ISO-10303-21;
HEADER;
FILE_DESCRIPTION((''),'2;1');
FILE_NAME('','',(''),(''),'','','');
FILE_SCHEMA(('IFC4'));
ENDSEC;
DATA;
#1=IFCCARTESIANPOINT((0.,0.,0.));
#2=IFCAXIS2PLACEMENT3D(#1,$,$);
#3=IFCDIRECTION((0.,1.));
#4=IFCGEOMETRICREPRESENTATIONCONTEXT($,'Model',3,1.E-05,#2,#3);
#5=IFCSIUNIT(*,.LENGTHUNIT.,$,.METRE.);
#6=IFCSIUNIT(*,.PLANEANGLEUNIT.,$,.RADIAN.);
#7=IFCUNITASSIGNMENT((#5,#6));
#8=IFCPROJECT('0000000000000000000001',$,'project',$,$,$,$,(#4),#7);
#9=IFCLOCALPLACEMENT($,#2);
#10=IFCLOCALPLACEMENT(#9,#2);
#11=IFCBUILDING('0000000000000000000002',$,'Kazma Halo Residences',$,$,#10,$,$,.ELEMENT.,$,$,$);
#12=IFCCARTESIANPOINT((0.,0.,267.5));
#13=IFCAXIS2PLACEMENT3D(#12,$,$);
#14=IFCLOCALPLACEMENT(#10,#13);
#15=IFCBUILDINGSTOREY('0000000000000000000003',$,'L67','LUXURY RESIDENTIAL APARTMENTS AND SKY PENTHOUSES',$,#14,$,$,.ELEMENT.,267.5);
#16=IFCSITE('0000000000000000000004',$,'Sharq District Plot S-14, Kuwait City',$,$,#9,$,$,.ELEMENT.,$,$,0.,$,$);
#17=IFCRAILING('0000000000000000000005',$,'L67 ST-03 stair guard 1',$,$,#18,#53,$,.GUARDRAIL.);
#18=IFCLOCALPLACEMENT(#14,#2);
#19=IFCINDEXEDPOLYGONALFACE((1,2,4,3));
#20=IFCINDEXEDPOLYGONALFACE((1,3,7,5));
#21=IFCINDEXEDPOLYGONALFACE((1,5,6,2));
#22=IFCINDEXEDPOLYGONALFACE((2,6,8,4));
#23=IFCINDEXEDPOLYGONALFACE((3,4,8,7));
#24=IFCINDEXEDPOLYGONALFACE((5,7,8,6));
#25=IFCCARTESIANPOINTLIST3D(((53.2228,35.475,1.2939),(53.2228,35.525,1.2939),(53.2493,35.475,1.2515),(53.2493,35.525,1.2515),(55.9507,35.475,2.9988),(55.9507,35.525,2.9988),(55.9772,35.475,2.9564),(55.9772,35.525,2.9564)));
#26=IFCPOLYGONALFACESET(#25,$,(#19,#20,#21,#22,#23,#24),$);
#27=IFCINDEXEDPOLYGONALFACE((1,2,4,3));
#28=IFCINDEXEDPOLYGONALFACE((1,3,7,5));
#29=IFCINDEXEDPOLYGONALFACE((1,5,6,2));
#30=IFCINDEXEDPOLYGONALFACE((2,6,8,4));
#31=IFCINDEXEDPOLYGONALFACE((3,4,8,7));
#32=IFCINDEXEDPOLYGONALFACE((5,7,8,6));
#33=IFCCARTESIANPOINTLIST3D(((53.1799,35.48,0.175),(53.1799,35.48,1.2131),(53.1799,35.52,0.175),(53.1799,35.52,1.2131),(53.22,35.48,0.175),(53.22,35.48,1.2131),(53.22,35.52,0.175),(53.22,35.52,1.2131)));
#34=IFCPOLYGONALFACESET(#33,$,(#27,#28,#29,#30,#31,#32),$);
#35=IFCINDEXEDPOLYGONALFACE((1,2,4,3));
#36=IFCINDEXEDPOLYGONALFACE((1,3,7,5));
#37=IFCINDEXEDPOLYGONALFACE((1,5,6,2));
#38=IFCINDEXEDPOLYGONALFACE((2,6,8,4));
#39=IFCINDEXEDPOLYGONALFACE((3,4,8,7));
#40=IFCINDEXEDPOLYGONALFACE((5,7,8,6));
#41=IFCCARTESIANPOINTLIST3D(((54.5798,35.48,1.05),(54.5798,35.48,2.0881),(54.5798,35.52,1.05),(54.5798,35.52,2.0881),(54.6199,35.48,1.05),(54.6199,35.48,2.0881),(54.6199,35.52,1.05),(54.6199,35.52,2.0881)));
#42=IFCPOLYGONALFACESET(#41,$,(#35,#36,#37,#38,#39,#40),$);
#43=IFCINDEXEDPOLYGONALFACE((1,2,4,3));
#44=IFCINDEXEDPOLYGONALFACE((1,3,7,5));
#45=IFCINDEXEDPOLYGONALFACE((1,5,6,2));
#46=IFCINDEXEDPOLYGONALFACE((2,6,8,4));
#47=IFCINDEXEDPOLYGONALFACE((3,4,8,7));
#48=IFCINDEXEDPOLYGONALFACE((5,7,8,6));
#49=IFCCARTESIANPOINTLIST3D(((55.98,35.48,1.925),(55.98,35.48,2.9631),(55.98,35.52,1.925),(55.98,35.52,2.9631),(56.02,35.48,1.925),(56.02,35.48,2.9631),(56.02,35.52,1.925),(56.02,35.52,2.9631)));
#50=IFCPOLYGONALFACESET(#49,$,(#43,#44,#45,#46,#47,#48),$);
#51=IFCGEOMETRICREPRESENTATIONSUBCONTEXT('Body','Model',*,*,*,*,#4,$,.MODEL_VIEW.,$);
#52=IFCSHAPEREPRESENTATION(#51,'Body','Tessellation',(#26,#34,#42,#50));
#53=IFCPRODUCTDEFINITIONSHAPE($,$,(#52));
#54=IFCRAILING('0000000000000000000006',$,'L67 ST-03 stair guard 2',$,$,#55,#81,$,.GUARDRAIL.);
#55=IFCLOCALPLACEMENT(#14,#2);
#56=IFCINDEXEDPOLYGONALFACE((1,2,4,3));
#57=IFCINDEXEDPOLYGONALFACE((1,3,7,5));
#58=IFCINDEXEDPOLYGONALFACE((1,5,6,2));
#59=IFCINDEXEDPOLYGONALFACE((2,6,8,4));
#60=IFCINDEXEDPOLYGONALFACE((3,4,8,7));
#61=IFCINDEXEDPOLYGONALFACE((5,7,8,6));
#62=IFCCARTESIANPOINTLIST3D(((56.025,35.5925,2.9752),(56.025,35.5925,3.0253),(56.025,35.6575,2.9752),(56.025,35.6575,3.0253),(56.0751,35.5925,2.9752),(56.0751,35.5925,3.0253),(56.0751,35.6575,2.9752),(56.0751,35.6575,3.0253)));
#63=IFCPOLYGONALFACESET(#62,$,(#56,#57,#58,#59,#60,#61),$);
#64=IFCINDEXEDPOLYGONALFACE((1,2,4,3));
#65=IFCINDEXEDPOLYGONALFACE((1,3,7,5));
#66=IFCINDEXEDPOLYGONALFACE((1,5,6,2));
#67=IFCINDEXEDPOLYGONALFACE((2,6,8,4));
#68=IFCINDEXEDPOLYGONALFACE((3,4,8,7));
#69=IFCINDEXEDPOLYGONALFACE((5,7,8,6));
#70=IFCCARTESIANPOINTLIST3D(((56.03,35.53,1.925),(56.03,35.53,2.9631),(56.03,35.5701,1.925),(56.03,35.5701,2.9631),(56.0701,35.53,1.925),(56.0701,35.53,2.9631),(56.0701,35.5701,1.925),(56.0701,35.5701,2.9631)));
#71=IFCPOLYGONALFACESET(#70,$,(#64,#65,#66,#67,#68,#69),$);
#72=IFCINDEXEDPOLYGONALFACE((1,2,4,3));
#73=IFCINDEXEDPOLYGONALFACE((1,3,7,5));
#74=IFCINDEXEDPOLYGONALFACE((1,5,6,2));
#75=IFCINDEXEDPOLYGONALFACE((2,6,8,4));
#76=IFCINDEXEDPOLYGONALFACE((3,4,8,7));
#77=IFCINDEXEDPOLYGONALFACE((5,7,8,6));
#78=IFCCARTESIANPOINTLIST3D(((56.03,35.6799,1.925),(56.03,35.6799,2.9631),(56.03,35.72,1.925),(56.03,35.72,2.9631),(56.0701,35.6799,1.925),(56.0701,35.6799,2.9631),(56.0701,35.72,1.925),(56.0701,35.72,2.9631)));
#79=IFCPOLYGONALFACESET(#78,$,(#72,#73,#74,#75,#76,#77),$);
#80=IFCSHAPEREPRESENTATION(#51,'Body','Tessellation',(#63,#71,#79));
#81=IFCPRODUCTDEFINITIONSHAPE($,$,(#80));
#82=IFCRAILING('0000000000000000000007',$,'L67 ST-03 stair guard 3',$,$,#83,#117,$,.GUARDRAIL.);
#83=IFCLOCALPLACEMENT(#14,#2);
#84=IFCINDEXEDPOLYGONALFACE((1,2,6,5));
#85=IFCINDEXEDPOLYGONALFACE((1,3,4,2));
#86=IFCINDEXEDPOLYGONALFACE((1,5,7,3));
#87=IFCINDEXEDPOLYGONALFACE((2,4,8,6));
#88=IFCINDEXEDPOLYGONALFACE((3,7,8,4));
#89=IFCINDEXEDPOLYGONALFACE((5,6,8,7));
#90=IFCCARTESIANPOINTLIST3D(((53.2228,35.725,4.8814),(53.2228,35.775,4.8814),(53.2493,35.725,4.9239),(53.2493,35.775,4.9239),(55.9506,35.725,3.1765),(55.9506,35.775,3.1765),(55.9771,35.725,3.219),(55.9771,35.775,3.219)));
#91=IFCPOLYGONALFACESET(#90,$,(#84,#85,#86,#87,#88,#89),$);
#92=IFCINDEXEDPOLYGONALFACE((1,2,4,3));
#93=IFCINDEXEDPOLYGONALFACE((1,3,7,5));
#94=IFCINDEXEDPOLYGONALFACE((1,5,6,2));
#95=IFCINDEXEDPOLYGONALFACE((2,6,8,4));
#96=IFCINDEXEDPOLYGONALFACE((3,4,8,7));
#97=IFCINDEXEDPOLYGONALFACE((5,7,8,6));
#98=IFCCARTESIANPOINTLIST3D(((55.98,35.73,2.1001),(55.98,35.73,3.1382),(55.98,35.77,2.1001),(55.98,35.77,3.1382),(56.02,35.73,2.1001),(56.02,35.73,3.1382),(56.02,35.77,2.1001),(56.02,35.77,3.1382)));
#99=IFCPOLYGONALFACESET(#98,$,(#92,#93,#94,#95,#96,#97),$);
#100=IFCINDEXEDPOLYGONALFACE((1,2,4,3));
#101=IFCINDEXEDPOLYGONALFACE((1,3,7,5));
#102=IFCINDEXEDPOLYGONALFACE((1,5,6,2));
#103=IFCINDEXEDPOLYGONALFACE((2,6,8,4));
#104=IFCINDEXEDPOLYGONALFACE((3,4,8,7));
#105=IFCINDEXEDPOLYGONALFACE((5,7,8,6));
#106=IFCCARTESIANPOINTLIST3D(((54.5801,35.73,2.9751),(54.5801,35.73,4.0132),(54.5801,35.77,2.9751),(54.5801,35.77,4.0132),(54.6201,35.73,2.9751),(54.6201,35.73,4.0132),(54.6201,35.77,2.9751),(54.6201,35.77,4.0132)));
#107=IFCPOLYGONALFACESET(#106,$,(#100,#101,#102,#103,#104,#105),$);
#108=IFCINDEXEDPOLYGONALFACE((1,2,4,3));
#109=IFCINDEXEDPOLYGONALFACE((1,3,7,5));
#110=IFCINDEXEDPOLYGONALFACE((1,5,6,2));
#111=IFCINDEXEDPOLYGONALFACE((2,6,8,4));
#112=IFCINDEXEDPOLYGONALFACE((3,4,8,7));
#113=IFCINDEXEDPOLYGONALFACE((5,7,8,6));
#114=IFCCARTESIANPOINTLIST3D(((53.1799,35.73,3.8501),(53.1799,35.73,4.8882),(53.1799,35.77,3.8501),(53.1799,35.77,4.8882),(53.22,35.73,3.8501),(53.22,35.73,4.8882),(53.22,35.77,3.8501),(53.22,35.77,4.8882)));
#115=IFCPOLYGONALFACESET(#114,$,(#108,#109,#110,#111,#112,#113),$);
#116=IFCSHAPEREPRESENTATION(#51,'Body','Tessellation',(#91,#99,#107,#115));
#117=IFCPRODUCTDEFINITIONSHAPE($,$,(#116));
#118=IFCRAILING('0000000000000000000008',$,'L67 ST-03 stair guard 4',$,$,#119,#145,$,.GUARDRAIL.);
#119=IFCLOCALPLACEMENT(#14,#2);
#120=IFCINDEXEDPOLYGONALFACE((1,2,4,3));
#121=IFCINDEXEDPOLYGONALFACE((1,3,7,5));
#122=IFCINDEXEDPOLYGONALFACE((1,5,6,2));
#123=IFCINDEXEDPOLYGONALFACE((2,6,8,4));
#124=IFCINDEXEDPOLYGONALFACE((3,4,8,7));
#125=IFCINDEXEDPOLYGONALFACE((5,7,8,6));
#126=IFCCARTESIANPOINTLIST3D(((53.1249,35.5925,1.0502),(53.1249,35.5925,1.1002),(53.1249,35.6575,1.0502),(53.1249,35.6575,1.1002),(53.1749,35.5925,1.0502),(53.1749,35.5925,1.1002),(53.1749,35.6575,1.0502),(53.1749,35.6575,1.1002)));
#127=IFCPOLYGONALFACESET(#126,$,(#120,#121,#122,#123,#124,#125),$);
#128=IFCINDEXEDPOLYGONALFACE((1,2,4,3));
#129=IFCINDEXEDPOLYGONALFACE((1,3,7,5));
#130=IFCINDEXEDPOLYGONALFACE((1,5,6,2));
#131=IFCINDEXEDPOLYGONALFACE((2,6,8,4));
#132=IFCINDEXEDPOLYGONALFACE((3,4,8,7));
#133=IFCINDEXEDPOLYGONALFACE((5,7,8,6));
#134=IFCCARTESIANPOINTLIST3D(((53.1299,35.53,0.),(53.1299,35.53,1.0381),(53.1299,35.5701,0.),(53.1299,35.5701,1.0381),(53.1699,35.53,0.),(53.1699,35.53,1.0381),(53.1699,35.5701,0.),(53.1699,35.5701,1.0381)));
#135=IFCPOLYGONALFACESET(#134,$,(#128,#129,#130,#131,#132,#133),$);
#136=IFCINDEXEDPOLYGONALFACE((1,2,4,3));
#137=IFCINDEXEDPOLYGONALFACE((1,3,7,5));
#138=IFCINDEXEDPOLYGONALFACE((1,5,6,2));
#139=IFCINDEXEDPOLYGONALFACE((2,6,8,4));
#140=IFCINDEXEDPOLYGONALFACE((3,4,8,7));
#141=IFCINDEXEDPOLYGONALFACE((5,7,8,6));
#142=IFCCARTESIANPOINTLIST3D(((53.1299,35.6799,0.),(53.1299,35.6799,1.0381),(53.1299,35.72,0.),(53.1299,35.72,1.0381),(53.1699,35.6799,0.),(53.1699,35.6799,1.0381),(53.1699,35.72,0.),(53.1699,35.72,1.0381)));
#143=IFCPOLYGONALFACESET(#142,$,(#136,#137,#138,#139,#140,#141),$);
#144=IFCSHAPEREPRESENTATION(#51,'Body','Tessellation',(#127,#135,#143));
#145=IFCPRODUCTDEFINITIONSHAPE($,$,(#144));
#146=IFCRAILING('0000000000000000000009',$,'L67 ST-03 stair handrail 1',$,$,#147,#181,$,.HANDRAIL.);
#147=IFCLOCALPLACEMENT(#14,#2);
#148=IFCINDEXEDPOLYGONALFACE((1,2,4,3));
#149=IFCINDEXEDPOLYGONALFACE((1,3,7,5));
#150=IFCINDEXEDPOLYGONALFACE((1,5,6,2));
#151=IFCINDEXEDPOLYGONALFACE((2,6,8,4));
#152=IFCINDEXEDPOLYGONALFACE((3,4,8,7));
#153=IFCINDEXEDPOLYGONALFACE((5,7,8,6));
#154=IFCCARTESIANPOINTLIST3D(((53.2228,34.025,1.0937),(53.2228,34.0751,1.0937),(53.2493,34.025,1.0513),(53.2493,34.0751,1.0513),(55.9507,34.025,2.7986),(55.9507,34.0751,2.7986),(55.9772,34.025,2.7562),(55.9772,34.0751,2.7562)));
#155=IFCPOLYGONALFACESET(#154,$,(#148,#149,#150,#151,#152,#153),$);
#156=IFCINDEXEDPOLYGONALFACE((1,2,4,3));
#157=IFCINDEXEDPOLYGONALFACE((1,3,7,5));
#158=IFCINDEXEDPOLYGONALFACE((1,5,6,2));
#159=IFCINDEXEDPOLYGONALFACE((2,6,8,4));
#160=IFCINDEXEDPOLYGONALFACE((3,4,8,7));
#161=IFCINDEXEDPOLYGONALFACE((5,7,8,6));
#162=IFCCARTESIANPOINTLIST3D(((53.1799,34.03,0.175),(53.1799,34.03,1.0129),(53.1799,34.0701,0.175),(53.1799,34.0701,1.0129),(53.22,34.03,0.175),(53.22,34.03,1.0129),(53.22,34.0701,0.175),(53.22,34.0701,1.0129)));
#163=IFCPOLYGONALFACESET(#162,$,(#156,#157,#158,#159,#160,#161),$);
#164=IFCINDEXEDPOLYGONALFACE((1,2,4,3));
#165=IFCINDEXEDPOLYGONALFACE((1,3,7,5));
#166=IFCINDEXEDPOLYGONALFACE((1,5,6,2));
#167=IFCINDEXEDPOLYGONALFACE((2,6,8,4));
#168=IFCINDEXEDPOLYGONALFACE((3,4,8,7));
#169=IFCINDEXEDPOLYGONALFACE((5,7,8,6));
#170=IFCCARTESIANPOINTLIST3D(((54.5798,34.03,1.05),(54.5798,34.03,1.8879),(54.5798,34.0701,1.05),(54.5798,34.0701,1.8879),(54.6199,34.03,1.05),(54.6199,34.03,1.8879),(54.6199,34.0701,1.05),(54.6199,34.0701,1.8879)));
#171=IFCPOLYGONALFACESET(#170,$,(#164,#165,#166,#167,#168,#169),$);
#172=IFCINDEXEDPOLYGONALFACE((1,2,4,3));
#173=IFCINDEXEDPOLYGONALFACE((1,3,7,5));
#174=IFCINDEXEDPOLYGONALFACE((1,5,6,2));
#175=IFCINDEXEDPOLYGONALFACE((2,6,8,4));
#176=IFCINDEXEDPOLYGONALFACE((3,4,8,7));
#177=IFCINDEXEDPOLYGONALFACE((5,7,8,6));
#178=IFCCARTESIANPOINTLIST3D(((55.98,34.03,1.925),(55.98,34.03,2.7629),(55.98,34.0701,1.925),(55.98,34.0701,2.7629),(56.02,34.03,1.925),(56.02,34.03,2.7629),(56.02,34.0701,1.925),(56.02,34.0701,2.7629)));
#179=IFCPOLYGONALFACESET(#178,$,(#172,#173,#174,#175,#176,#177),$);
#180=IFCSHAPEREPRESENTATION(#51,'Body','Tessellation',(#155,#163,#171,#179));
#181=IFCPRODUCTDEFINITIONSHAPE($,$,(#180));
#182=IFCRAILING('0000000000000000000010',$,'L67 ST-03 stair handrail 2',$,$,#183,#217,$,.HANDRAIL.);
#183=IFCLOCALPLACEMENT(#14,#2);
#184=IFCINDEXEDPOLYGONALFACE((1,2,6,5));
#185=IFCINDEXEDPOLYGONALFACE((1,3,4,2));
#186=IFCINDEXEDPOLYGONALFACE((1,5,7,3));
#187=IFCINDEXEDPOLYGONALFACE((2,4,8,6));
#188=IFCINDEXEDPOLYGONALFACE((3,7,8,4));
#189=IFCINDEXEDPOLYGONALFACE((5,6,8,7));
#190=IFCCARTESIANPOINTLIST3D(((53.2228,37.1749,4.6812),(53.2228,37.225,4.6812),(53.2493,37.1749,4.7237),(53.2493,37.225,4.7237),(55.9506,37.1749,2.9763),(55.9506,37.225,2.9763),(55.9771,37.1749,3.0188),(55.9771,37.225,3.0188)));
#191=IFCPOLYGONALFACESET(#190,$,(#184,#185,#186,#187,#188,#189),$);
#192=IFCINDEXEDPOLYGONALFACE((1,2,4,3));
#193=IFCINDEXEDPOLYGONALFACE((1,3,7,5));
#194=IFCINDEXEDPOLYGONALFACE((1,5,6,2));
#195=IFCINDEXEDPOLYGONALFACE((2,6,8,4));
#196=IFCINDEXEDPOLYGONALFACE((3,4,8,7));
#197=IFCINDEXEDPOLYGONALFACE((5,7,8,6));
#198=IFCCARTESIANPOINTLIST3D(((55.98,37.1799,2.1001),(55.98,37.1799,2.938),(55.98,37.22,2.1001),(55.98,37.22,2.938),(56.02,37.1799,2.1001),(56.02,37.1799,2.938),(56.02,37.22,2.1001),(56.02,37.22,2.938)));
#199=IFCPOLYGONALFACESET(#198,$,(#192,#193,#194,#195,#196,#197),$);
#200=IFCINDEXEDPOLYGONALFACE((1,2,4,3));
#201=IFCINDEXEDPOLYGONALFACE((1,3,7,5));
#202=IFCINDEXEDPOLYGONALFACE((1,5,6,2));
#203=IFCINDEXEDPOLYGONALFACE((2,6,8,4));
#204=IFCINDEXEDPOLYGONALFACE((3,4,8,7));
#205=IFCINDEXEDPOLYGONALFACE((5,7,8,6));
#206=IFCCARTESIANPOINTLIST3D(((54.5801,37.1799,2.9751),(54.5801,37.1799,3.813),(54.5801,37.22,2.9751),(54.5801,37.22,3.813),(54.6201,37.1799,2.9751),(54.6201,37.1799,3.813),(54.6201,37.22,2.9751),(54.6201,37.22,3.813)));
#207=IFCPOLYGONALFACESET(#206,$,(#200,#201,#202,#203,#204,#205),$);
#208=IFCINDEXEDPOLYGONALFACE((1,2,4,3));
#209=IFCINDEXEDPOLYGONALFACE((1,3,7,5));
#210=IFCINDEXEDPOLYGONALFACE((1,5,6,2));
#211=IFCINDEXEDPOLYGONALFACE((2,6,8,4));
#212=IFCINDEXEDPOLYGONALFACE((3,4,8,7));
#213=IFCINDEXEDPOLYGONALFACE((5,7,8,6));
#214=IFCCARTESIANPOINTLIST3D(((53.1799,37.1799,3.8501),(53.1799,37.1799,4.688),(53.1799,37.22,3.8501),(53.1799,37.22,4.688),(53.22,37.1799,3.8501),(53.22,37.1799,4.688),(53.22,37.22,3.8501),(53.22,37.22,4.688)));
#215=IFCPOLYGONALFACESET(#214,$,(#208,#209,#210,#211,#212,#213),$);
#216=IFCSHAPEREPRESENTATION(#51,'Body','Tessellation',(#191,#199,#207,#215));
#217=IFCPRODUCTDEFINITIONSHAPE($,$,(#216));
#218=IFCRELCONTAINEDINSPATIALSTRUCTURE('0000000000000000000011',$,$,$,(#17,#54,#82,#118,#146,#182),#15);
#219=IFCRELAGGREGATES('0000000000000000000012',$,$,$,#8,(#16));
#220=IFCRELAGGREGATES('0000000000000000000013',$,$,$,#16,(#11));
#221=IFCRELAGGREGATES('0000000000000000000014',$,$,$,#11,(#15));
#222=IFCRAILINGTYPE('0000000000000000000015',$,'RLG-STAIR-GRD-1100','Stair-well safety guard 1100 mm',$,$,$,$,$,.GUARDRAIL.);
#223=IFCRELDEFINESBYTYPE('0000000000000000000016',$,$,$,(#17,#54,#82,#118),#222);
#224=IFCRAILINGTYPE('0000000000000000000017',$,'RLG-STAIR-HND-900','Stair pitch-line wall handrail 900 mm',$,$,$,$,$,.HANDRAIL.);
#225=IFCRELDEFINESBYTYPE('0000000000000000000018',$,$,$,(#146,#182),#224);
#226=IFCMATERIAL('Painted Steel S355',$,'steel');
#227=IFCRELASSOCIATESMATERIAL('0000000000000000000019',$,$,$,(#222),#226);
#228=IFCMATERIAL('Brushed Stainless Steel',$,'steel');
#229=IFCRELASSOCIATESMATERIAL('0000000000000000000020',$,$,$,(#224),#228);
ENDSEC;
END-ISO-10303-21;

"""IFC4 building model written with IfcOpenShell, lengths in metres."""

from ifc_helpers import new_model, si_unit, direction, frame, origin, origin_2d, place, context, subcontext, project, spatial, rectangle, extrude, material, type_object, element, save


model = new_model("IFC4")

# Units and contexts
model_context = context("Model", 3, precision=1e-05, world=origin(), true_north=direction((0.0, 1.0)))
body_context = subcontext(model_context, "Body", "Model", "MODEL_VIEW")
ifc_project = project(units=[si_unit("LENGTHUNIT", "METRE"), si_unit("PLANEANGLEUNIT", "RADIAN")], contexts=[model_context])

# Site, building, storey
site_placement = place(None, origin())
site = spatial("IfcSite", under=ifc_project, at=site_placement, Name="Sharq District Plot S-14, Kuwait City", CompositionType="ELEMENT", RefElevation=0.0)
building_placement = place(site_placement, origin())
building = spatial("IfcBuilding", under=site, at=building_placement, Name="Kazma Halo Residences", CompositionType="ELEMENT")
storey_placement = place(building_placement, frame((0.0, 0.0, 267.5)))
storey = spatial("IfcBuildingStorey", under=building, at=storey_placement, Name="L67", Description="LUXURY RESIDENTIAL APARTMENTS AND SKY PENTHOUSES", CompositionType="ELEMENT", Elevation=267.5)

# Railings
ifc_material_1 = material(Name="Painted Steel S355", Category="steel")
railing_type_1 = type_object("IfcRailingType", Name="RLG-STAIR-GRD-1100", Description="Stair-well safety guard 1100 mm", PredefinedType="GUARDRAIL", material=ifc_material_1)
railing_1_placement = place(storey_placement, frame((53.2, 35.5, 0.175)))
element("IfcRailing", 1, at=railing_1_placement, inside=storey, type_object=railing_type_1, Name="L67 ST-03 stair guard 1", PredefinedType="GUARDRAIL", context=body_context, shape_type="SweptSolid", body=[
    extrude(rectangle(XDim=0.05, YDim=0.05, at=origin_2d()), frame((0.0361, 0.0, 1.0977), z_axis=(0.848002, 0.0, 0.529992), x_axis=(0.0, 1.0, 0.0)), (0.0, 0.0, 1.0), 3.2168),
    extrude(rectangle(XDim=0.04, YDim=0.04, at=origin_2d()), origin(), (0.0, 0.0, 1.0), 1.0381),
    extrude(rectangle(XDim=0.04, YDim=0.04, at=origin_2d()), frame((1.3999, 0.0, 0.875)), (0.0, 0.0, 1.0), 1.0381),
    extrude(rectangle(XDim=0.04, YDim=0.04, at=origin_2d()), frame((2.8, 0.0, 1.75)), (0.0, 0.0, 1.0), 1.0381),
])
railing_2_placement = place(storey_placement, frame((56.05, 35.55, 1.925)))
element("IfcRailing", 2, at=railing_2_placement, inside=storey, type_object=railing_type_1, Name="L67 ST-03 stair guard 2", PredefinedType="GUARDRAIL", context=body_context, shape_type="SweptSolid", body=[
    extrude(rectangle(XDim=0.05, YDim=0.05, at=origin_2d()), frame((0.0, 0.0425, 1.0752), z_axis=(0.0, 1.0, 0.0), x_axis=(-1.0, 0.0, 0.0)), (0.0, 0.0, 1.0), 0.0649),
    extrude(rectangle(XDim=0.04, YDim=0.04, at=origin_2d()), origin(), (0.0, 0.0, 1.0), 1.0381),
    extrude(rectangle(XDim=0.04, YDim=0.04, at=origin_2d()), frame((0.0, 0.1499, 0.0)), (0.0, 0.0, 1.0), 1.0381),
])
railing_3_placement = place(storey_placement, frame((56.0, 35.75, 2.1001)))
element("IfcRailing", 3, at=railing_3_placement, inside=storey, type_object=railing_type_1, Name="L67 ST-03 stair guard 3", PredefinedType="GUARDRAIL", context=body_context, shape_type="SweptSolid", body=[
    extrude(rectangle(XDim=0.05, YDim=0.05, at=origin_2d()), frame((-0.0361, 0.0, 1.0977), z_axis=(-0.848002, 0.0, 0.529992), x_axis=(0.0, -1.0, 0.0)), (0.0, 0.0, 1.0), 3.2168),
    extrude(rectangle(XDim=0.04, YDim=0.04, at=origin_2d()), origin(), (0.0, 0.0, 1.0), 1.0381),
    extrude(rectangle(XDim=0.04, YDim=0.04, at=origin_2d()), frame((-1.3999, 0.0, 0.875)), (0.0, 0.0, 1.0), 1.0381),
    extrude(rectangle(XDim=0.04, YDim=0.04, at=origin_2d()), frame((-2.8, 0.0, 1.75)), (0.0, 0.0, 1.0), 1.0381),
])
railing_4_placement = place(storey_placement, frame((53.1499, 35.55, 0.0)))
element("IfcRailing", 4, at=railing_4_placement, inside=storey, type_object=railing_type_1, Name="L67 ST-03 stair guard 4", PredefinedType="GUARDRAIL", context=body_context, shape_type="SweptSolid", body=[
    extrude(rectangle(XDim=0.05, YDim=0.05, at=origin_2d()), frame((0.0, 0.0425, 1.0752), z_axis=(0.0, 1.0, 0.0), x_axis=(-1.0, 0.0, 0.0)), (0.0, 0.0, 1.0), 0.0649),
    extrude(rectangle(XDim=0.04, YDim=0.04, at=origin_2d()), origin(), (0.0, 0.0, 1.0), 1.0381),
    extrude(rectangle(XDim=0.04, YDim=0.04, at=origin_2d()), frame((0.0, 0.1499, 0.0)), (0.0, 0.0, 1.0), 1.0381),
])
ifc_material_2 = material(Name="Brushed Stainless Steel", Category="steel")
railing_type_2 = type_object("IfcRailingType", Name="RLG-STAIR-HND-900", Description="Stair pitch-line wall handrail 900 mm", PredefinedType="HANDRAIL", material=ifc_material_2)
railing_5_placement = place(storey_placement, frame((53.2, 34.05, 0.175)))
element("IfcRailing", 5, at=railing_5_placement, inside=storey, type_object=railing_type_2, Name="L67 ST-03 stair handrail 1", PredefinedType="HANDRAIL", context=body_context, shape_type="SweptSolid", body=[
    extrude(rectangle(XDim=0.05, YDim=0.05, at=origin_2d()), frame((0.0361, 0.0, 0.8975), z_axis=(0.848002, 0.0, 0.529992), x_axis=(0.0, 1.0, 0.0)), (0.0, 0.0, 1.0), 3.2168),
    extrude(rectangle(XDim=0.04, YDim=0.04, at=origin_2d()), origin(), (0.0, 0.0, 1.0), 0.8379),
    extrude(rectangle(XDim=0.04, YDim=0.04, at=origin_2d()), frame((1.3999, 0.0, 0.875)), (0.0, 0.0, 1.0), 0.8379),
    extrude(rectangle(XDim=0.04, YDim=0.04, at=origin_2d()), frame((2.8, 0.0, 1.75)), (0.0, 0.0, 1.0), 0.8379),
])
railing_6_placement = place(storey_placement, frame((56.0, 37.2, 2.1001)))
element("IfcRailing", 6, at=railing_6_placement, inside=storey, type_object=railing_type_2, Name="L67 ST-03 stair handrail 2", PredefinedType="HANDRAIL", context=body_context, shape_type="SweptSolid", body=[
    extrude(rectangle(XDim=0.05, YDim=0.05, at=origin_2d()), frame((-0.0361, 0.0, 0.8975), z_axis=(-0.848002, 0.0, 0.529992), x_axis=(0.0, -1.0, 0.0)), (0.0, 0.0, 1.0), 3.2168),
    extrude(rectangle(XDim=0.04, YDim=0.04, at=origin_2d()), origin(), (0.0, 0.0, 1.0), 0.8379),
    extrude(rectangle(XDim=0.04, YDim=0.04, at=origin_2d()), frame((-1.3999, 0.0, 0.875)), (0.0, 0.0, 1.0), 0.8379),
    extrude(rectangle(XDim=0.04, YDim=0.04, at=origin_2d()), frame((-2.8, 0.0, 1.75)), (0.0, 0.0, 1.0), 0.8379),
])

save(model, "model.ifc")
